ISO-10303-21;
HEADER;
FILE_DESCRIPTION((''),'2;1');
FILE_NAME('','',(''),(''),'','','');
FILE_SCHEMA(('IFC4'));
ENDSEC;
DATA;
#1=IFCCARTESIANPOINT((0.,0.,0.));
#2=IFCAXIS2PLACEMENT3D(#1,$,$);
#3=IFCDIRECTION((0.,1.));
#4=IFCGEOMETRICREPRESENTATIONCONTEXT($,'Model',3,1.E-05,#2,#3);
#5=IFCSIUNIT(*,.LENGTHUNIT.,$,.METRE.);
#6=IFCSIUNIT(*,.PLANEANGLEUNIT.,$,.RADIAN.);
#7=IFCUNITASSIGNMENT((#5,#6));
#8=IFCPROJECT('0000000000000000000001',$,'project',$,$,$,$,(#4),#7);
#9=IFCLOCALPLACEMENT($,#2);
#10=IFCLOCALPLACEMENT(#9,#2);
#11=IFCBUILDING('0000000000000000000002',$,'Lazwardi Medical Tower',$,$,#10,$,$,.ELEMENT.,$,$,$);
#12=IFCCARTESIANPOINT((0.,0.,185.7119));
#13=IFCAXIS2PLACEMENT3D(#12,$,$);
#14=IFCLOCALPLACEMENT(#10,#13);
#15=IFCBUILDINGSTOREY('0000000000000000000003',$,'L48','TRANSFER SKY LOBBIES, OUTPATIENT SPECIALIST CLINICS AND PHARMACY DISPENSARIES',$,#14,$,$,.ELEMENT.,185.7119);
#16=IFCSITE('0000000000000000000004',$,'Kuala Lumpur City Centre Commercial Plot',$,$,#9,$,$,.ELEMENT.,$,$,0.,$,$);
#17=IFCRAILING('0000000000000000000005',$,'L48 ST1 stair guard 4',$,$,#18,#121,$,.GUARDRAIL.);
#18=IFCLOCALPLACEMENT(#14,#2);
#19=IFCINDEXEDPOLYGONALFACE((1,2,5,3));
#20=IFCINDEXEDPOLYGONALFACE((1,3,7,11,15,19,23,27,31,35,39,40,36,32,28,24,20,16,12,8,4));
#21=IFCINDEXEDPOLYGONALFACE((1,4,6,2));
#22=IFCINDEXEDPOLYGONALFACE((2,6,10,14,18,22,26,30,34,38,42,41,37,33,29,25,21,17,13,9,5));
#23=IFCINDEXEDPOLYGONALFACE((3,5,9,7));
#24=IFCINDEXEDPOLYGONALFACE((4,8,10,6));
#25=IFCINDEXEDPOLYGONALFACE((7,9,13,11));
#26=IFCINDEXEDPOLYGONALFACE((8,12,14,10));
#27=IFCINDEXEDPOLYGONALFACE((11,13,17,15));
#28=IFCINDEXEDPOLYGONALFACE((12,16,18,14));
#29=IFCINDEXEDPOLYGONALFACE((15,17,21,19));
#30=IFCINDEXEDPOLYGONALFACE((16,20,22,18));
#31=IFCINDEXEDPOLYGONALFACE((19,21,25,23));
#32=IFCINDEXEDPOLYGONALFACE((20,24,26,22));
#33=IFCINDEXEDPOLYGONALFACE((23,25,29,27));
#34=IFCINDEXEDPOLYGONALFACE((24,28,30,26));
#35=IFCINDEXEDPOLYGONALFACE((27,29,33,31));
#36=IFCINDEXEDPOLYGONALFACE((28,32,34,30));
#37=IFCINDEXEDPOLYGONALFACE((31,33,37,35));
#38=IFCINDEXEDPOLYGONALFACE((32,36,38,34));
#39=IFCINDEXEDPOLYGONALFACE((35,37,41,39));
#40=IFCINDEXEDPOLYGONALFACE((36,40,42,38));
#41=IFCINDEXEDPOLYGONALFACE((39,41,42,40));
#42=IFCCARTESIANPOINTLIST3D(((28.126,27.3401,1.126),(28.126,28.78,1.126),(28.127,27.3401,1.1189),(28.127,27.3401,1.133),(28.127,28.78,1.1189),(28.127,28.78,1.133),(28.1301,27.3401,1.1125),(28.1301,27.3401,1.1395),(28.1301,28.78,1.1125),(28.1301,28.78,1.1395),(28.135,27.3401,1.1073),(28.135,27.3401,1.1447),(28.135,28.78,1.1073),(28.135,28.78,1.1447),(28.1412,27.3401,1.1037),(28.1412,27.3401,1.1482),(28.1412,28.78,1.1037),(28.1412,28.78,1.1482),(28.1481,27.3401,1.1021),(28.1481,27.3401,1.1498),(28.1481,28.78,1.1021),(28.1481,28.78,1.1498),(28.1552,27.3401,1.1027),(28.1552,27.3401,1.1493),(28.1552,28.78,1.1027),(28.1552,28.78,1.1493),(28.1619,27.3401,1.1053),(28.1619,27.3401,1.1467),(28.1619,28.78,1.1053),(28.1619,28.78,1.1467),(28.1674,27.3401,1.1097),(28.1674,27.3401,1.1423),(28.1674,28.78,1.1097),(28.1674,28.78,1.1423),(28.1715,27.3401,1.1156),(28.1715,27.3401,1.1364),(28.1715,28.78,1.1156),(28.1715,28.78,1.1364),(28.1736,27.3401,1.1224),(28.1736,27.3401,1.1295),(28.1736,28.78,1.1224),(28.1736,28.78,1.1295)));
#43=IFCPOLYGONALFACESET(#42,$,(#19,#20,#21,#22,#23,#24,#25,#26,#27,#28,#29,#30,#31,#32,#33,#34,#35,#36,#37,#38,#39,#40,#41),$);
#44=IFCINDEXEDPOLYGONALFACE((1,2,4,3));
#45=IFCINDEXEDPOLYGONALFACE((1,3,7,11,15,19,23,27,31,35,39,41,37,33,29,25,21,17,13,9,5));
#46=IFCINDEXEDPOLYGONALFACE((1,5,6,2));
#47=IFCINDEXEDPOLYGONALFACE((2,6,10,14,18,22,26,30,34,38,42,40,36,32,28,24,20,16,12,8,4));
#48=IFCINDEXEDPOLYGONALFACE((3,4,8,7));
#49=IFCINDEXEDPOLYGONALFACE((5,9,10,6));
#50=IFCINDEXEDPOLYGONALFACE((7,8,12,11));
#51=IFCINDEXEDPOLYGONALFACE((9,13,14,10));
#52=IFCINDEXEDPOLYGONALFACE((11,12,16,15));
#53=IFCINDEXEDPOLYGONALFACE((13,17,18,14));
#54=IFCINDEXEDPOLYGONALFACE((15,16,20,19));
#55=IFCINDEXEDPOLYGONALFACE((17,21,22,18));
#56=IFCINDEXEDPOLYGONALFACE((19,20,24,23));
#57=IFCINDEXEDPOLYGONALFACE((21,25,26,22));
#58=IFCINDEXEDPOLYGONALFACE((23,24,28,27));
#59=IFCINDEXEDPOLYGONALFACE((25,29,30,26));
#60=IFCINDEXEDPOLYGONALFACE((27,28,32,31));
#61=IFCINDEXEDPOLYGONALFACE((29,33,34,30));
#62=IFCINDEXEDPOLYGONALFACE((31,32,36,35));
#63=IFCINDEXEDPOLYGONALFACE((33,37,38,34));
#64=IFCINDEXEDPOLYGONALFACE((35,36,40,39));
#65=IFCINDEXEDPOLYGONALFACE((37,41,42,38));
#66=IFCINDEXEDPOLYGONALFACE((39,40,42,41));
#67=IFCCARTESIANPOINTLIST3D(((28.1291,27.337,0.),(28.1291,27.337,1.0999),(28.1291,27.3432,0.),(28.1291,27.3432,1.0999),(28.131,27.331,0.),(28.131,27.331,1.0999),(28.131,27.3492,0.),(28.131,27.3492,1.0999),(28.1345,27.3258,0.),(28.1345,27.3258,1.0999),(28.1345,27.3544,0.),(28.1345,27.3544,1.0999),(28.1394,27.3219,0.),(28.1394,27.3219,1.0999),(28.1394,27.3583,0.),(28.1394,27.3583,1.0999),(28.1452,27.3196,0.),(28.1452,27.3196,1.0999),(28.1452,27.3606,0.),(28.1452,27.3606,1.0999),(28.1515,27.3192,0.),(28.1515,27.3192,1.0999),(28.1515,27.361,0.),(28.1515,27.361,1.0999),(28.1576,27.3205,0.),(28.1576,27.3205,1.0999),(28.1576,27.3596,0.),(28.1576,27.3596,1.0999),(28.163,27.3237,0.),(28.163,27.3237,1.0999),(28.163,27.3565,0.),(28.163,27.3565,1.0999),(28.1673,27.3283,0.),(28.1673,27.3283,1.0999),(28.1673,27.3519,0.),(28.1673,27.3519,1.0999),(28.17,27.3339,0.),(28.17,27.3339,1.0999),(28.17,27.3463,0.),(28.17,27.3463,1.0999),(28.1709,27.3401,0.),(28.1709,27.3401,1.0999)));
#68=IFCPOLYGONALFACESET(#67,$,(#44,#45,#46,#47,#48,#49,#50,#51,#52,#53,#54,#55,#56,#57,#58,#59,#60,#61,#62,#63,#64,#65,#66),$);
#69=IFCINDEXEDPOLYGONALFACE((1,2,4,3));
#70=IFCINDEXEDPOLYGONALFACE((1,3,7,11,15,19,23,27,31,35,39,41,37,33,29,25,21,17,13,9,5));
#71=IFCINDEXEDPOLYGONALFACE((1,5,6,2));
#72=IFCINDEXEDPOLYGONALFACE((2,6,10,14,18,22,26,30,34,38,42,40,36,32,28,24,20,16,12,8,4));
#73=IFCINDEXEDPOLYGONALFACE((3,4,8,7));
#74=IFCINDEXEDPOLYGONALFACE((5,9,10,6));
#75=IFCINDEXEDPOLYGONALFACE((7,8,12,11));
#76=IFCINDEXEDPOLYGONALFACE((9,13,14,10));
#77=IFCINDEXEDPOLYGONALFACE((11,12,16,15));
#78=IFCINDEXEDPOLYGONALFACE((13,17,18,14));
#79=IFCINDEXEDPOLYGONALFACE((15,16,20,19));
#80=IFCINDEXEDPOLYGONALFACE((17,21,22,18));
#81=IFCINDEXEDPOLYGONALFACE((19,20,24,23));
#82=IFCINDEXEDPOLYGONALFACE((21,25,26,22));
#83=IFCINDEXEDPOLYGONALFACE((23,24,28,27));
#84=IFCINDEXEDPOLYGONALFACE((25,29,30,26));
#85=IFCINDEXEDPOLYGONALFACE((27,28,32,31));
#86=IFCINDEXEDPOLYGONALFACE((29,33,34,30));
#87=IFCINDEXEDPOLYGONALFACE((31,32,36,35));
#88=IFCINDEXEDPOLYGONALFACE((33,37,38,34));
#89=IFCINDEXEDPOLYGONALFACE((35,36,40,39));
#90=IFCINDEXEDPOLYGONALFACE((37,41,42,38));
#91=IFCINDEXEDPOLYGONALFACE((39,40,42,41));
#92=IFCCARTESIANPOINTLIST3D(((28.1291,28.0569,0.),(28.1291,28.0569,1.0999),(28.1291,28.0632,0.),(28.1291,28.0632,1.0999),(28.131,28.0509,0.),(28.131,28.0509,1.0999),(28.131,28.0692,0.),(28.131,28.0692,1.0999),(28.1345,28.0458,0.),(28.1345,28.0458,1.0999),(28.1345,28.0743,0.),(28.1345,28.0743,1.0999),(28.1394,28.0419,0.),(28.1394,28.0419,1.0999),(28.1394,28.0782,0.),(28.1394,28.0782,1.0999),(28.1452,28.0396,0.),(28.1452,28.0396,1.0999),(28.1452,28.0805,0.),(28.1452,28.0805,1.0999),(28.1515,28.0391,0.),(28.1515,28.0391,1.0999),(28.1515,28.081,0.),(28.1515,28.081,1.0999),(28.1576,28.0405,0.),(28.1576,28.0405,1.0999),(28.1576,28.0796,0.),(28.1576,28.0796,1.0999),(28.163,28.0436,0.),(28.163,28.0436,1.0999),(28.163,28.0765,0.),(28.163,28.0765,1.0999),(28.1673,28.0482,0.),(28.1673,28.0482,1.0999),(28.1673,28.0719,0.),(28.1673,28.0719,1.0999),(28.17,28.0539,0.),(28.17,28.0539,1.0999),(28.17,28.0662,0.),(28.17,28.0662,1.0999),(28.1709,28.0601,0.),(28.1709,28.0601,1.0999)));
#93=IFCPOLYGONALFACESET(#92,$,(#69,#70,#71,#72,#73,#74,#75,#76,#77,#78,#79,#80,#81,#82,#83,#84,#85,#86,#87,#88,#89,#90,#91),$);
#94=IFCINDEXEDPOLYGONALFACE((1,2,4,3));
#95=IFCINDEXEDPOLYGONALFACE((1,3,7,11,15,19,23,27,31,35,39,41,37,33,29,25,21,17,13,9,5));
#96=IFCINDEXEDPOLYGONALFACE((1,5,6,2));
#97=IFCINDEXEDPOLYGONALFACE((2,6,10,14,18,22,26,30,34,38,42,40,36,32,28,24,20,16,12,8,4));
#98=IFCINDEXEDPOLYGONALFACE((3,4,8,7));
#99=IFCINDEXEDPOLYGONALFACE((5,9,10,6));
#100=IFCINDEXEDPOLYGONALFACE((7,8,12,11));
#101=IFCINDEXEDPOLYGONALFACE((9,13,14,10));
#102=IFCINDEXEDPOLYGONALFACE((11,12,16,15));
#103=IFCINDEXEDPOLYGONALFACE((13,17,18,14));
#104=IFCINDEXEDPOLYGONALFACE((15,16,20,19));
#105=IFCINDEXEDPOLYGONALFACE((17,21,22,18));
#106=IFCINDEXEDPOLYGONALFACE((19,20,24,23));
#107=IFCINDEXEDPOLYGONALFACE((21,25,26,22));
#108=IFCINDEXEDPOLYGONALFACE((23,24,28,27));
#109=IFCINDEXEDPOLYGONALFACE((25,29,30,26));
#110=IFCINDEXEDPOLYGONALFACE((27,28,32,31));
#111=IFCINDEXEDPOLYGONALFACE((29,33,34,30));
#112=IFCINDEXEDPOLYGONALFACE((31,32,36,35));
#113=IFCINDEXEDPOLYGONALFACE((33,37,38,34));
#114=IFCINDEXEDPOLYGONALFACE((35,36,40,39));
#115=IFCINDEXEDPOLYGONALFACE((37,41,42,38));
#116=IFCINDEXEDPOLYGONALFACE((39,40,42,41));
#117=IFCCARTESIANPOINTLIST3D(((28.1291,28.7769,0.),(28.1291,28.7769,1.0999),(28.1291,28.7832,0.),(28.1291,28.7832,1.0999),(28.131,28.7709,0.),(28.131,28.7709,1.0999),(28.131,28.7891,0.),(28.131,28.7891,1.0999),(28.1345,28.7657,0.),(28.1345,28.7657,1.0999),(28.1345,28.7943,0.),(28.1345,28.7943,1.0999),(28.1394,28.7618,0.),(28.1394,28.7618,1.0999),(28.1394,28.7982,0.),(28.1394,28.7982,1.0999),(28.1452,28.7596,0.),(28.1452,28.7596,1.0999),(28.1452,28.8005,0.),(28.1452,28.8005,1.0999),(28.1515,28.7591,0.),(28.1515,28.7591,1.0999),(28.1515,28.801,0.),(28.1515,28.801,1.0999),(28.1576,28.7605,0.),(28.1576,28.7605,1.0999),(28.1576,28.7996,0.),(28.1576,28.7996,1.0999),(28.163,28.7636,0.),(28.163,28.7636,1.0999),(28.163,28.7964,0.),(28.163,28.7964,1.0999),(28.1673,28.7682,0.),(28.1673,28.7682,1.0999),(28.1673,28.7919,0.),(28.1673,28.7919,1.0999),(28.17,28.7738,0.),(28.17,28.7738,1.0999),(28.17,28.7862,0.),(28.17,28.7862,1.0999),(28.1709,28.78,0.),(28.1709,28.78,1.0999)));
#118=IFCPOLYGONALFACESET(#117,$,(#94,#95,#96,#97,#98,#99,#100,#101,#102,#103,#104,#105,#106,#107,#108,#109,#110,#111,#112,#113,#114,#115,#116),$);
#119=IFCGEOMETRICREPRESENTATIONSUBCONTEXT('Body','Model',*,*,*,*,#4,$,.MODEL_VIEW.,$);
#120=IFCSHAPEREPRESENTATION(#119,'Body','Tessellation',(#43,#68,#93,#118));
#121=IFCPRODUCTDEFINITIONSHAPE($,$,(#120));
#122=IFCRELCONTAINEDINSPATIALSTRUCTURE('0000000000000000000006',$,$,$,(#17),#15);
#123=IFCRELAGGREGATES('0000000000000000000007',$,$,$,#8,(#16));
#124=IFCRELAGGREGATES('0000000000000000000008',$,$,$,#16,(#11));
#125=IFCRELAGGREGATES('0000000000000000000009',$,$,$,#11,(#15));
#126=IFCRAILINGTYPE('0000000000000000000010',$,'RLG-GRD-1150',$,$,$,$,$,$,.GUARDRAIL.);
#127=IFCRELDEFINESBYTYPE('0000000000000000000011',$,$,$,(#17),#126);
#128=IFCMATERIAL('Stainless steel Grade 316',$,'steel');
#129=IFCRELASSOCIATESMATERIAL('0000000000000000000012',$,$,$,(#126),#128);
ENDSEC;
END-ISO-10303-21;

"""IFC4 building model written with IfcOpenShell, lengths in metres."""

from ifc_helpers import new_model, si_unit, direction, frame, origin, origin_2d, place, context, subcontext, project, spatial, circle, extrude, material, type_object, element, save


model = new_model("IFC4")

# Units and contexts
model_context = context("Model", 3, precision=1e-05, world=origin(), true_north=direction((0.0, 1.0)))
body_context = subcontext(model_context, "Body", "Model", "MODEL_VIEW")
ifc_project = project(units=[si_unit("LENGTHUNIT", "METRE"), si_unit("PLANEANGLEUNIT", "RADIAN")], contexts=[model_context])

# Site, building, storey
site_placement = place(None, origin())
site = spatial("IfcSite", under=ifc_project, at=site_placement, Name="Kuala Lumpur City Centre Commercial Plot", CompositionType="ELEMENT", RefElevation=0.0)
building_placement = place(site_placement, origin())
building = spatial("IfcBuilding", under=site, at=building_placement, Name="Lazwardi Medical Tower", CompositionType="ELEMENT")
storey_placement = place(building_placement, frame((0.0, 0.0, 185.7119)))
storey = spatial("IfcBuildingStorey", under=building, at=storey_placement, Name="L48", Description="TRANSFER SKY LOBBIES, OUTPATIENT SPECIALIST CLINICS AND PHARMACY DISPENSARIES", CompositionType="ELEMENT", Elevation=185.7119)

# Railing
ifc_material_1 = material(Name="Stainless steel Grade 316", Category="steel")
railing_type_1 = type_object("IfcRailingType", Name="RLG-GRD-1150", PredefinedType="GUARDRAIL", material=ifc_material_1)
railing_1_placement = place(storey_placement, frame((28.1499, 27.3401, 0.0)))
element("IfcRailing", 1, at=railing_1_placement, inside=storey, type_object=railing_type_1, Name="L48 ST1 stair guard 4", PredefinedType="GUARDRAIL", context=body_context, shape_type="SweptSolid", body=[
    extrude(circle(Radius=0.0239, at=origin_2d()), frame((0.0, 0.0, 1.126), z_axis=(0.0, 1.0, 0.0), x_axis=(-1.0, 0.0, 0.0)), (0.0, 0.0, 1.0), 1.4399),
    extrude(circle(Radius=0.021, at=origin_2d()), origin(), (0.0, 0.0, 1.0), 1.0999),
    extrude(circle(Radius=0.021, at=origin_2d()), frame((0.0, 0.72, 0.0)), (0.0, 0.0, 1.0), 1.0999),
    extrude(circle(Radius=0.021, at=origin_2d()), frame((0.0, 1.4399, 0.0)), (0.0, 0.0, 1.0), 1.0999),
])

save(model, "model.ifc")
